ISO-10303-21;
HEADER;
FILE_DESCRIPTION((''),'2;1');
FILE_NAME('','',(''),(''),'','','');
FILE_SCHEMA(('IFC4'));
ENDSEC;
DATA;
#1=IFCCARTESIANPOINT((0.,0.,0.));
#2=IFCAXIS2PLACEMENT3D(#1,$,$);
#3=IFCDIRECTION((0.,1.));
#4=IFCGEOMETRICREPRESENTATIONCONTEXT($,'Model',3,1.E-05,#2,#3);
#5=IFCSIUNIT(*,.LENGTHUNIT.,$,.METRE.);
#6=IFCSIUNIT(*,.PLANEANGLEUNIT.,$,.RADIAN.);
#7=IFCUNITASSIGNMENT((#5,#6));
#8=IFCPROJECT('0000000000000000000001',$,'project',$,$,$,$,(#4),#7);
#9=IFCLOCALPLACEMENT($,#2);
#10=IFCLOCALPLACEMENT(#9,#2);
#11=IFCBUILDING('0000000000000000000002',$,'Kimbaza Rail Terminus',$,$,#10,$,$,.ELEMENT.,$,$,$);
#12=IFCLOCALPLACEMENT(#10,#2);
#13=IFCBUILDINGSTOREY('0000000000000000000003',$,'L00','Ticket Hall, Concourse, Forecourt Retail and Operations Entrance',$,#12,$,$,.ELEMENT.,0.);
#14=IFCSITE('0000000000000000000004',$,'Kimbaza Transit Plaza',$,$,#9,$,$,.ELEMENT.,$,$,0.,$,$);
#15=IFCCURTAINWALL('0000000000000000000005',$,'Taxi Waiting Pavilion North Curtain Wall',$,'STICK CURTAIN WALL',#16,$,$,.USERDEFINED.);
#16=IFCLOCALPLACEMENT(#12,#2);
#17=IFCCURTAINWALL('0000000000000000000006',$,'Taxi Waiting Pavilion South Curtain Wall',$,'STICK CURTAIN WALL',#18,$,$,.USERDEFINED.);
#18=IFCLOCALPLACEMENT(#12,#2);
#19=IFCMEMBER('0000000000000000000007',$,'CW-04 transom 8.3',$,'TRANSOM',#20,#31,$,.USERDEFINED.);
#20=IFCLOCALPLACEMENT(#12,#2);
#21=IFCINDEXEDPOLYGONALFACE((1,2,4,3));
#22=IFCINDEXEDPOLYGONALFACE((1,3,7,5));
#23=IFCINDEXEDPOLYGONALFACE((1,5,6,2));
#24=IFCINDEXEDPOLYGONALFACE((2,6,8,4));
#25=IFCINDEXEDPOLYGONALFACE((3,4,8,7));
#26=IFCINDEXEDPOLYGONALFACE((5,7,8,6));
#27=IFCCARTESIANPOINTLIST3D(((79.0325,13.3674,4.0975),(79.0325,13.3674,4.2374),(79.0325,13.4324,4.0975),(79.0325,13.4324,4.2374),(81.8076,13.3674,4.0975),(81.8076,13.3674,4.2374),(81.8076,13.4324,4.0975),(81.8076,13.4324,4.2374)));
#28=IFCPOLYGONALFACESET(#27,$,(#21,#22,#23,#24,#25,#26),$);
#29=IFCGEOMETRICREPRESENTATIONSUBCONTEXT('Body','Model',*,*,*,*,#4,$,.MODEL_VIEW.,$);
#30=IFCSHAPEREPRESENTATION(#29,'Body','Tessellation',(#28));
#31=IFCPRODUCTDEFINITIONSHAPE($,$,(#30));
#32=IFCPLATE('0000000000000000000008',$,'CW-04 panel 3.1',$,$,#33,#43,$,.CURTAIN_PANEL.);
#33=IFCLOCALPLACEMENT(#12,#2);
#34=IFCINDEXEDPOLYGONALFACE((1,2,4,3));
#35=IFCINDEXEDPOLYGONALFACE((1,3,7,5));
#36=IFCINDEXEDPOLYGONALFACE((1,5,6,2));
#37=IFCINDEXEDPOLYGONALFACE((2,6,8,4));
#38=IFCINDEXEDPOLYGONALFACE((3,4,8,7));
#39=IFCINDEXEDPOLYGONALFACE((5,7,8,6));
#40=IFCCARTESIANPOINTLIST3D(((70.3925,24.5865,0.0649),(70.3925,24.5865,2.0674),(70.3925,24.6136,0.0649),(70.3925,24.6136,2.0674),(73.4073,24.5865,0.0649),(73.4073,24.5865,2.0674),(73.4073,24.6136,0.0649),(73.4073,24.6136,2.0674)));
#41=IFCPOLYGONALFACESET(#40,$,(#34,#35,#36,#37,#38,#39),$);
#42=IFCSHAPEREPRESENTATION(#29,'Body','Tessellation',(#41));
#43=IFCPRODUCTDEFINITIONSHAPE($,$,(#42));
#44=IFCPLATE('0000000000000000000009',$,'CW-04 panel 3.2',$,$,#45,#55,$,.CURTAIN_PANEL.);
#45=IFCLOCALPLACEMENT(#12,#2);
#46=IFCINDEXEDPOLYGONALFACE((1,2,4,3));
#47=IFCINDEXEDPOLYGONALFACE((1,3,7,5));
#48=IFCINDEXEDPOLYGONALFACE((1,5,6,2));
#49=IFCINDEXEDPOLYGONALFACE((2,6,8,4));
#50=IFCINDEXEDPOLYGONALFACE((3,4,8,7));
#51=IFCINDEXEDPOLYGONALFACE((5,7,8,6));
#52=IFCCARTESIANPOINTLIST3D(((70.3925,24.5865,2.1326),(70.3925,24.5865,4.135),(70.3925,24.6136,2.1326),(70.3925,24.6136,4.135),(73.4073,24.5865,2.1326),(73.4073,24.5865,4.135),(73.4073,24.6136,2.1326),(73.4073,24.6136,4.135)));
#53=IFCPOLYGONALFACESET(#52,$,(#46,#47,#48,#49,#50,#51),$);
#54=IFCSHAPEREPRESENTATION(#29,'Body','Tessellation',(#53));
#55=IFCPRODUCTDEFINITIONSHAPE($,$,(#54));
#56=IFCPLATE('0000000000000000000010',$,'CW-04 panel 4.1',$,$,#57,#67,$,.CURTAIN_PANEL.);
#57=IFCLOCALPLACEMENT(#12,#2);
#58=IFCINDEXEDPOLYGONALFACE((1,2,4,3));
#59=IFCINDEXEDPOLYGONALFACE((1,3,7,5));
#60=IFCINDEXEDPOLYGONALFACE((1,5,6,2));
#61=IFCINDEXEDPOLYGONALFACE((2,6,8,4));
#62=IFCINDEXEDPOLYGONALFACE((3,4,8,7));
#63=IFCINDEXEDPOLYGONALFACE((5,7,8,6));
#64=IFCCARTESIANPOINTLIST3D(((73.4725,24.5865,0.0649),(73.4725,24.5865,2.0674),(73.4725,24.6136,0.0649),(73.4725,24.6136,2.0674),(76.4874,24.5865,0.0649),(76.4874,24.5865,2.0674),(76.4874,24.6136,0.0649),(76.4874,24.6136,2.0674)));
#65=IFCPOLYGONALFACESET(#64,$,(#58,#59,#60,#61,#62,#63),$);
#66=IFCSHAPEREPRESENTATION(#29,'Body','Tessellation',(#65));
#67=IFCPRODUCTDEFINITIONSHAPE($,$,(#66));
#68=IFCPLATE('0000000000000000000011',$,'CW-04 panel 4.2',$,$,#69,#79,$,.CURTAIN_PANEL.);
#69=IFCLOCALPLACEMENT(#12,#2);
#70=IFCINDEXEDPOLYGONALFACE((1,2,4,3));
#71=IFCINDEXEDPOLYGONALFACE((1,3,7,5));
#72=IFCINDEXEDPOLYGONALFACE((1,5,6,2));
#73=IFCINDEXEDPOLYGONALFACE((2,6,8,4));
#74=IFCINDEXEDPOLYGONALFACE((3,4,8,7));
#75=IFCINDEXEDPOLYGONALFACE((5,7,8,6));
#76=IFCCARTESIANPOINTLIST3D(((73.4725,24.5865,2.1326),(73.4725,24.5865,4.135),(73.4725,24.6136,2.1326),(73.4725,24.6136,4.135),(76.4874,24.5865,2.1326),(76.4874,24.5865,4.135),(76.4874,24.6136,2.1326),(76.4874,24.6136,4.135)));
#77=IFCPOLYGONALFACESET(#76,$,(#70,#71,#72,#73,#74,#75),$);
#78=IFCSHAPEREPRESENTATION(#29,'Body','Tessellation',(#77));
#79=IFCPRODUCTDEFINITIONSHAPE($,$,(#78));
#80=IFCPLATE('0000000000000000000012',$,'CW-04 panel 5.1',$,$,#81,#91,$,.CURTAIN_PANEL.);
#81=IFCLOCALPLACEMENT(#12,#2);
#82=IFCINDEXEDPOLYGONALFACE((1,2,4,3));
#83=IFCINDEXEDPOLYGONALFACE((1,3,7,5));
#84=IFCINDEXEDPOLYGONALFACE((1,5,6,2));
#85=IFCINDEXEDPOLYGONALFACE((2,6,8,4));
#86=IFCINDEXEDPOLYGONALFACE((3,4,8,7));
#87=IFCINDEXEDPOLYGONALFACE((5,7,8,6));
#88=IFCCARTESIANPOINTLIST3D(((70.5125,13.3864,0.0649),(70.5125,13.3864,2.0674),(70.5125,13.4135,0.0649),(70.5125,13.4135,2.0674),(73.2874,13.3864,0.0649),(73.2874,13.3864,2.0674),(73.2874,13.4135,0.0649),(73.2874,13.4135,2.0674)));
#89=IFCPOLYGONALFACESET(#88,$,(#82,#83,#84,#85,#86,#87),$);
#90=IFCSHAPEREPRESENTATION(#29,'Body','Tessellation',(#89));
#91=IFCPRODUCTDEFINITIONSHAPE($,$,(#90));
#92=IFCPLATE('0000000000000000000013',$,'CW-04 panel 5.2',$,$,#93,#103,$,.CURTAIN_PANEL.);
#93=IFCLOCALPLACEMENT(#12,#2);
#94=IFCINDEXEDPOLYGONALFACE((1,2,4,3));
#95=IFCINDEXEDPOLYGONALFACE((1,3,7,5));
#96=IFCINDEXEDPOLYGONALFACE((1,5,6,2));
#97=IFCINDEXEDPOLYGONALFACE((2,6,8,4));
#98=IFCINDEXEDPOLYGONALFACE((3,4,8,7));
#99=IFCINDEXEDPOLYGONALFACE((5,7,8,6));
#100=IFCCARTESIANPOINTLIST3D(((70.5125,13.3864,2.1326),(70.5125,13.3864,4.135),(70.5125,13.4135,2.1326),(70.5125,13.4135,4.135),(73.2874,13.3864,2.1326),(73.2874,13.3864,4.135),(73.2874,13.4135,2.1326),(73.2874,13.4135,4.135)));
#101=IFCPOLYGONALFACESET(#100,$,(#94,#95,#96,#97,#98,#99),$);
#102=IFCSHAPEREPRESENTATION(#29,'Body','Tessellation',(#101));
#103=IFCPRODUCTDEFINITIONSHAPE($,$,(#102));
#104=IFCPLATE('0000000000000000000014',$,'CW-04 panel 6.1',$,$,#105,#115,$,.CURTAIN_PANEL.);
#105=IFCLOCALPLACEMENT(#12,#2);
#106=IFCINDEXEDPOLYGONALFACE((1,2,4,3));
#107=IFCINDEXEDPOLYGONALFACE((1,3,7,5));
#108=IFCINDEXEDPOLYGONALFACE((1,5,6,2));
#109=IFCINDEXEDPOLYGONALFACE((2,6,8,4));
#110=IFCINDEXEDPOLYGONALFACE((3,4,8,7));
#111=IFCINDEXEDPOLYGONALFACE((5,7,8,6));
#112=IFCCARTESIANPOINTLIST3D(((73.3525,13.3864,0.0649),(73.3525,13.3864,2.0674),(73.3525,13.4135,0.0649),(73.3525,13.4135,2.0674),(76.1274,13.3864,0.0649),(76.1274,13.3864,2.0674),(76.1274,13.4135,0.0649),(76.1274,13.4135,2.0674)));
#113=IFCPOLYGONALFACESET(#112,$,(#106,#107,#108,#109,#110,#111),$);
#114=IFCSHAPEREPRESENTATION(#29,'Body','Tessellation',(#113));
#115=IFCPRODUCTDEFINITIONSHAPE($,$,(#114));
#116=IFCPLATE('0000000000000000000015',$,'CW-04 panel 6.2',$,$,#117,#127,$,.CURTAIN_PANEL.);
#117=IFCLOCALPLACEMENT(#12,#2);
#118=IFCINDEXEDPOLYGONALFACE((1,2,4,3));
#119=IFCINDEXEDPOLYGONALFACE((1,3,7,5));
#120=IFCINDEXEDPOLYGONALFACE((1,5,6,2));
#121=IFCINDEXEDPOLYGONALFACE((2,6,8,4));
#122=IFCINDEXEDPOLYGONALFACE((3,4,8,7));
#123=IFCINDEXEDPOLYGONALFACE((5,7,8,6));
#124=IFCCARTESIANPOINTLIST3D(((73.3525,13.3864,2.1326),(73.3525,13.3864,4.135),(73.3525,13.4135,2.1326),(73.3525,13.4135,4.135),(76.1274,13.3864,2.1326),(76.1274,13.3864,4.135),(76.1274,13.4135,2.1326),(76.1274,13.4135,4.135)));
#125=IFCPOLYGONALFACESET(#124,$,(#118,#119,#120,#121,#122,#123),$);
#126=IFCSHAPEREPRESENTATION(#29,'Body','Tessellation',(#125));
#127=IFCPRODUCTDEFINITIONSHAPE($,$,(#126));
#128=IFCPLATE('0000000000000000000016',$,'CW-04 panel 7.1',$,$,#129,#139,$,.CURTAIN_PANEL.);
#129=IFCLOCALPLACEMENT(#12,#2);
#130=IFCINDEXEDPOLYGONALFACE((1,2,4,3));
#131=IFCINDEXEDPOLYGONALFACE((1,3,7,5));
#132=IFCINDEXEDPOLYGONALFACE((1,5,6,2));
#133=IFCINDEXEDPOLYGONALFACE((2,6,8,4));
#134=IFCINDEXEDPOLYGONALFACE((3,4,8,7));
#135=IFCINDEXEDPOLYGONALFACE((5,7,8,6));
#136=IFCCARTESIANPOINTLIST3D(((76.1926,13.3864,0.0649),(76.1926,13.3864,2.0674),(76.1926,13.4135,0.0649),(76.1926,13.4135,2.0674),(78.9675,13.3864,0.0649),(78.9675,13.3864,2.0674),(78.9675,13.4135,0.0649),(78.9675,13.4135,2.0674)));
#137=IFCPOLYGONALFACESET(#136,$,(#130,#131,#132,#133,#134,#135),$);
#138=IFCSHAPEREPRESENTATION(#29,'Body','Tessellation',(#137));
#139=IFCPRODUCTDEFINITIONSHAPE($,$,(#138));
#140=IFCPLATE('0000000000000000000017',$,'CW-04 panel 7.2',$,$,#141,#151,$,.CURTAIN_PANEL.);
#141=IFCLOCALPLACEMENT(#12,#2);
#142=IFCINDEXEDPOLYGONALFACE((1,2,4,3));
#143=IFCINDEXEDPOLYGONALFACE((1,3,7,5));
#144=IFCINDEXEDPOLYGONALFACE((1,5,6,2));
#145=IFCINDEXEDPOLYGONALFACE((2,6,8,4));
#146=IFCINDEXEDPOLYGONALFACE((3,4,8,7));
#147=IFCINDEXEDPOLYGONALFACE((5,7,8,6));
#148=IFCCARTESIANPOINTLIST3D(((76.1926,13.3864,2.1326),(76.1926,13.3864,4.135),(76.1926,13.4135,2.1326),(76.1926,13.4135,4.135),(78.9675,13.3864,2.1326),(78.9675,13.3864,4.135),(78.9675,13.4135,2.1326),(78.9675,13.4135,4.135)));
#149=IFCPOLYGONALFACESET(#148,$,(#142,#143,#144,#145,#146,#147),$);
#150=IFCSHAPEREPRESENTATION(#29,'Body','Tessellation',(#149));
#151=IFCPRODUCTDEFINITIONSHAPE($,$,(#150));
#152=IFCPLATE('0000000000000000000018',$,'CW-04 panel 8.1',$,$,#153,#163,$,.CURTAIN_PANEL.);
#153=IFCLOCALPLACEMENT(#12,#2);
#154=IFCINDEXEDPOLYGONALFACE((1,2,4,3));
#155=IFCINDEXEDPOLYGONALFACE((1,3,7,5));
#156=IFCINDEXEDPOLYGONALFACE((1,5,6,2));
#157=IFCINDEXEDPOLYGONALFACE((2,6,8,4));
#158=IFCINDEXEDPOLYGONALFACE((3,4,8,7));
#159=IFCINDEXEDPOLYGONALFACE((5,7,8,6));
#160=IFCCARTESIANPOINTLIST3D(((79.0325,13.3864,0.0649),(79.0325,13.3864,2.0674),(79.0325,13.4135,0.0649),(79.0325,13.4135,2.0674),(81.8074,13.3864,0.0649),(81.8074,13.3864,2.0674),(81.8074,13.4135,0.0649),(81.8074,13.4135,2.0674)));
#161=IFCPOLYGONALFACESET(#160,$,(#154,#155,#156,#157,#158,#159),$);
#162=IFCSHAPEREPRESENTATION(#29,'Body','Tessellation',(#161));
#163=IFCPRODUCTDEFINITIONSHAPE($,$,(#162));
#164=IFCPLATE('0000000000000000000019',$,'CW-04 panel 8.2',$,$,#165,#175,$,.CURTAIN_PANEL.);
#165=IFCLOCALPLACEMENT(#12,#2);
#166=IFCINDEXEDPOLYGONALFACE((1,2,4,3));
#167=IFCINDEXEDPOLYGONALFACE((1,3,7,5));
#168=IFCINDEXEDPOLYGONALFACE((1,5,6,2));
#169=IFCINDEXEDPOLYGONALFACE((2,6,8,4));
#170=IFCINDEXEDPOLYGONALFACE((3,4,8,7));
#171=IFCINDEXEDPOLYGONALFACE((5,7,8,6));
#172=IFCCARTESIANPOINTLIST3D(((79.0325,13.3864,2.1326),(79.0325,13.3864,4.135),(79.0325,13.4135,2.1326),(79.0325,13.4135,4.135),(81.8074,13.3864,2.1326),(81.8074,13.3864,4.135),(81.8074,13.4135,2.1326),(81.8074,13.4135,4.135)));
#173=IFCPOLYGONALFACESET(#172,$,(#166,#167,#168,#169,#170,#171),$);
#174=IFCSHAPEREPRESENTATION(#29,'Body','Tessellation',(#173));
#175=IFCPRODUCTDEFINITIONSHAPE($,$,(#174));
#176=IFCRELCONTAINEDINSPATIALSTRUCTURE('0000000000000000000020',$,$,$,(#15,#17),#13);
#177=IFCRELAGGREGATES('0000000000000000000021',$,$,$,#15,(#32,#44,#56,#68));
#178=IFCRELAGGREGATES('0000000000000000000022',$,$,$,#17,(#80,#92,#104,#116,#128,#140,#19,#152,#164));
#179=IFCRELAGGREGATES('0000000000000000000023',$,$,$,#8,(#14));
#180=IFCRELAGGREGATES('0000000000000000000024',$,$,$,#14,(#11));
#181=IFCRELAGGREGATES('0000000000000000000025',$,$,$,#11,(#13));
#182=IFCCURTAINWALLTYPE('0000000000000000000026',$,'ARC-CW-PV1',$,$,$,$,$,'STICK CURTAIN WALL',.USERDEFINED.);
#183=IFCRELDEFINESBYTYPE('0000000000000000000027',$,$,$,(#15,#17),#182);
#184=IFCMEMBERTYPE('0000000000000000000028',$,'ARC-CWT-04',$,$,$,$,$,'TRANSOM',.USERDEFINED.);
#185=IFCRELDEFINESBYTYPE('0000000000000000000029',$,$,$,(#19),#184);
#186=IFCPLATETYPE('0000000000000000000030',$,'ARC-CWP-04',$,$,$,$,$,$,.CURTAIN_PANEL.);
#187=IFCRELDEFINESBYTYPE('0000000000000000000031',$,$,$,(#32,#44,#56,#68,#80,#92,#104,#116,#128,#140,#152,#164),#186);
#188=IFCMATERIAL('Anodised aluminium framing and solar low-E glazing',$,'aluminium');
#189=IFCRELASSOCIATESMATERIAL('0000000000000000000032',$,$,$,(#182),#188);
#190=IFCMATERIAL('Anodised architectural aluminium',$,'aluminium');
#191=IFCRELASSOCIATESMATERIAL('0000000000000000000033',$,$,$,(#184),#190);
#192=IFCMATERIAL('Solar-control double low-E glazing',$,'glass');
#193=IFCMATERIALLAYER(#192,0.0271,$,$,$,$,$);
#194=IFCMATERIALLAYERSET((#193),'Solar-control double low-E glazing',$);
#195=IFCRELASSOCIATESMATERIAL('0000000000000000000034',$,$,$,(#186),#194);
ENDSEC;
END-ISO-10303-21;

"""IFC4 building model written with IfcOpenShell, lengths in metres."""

from ifc_helpers import new_model, si_unit, direction, frame, origin, origin_2d, place, context, subcontext, project, spatial, rectangle, extrude, material, layer, layer_set, material_profile, profile_set, type_object, element, aggregate, save


model = new_model("IFC4")

# Units and contexts
model_context = context("Model", 3, precision=1e-05, world=origin(), true_north=direction((0.0, 1.0)))
body_context = subcontext(model_context, "Body", "Model", "MODEL_VIEW")
ifc_project = project(units=[si_unit("LENGTHUNIT", "METRE"), si_unit("PLANEANGLEUNIT", "RADIAN")], contexts=[model_context])

# Site, building, storey
site_placement = place(None, origin())
site = spatial("IfcSite", under=ifc_project, at=site_placement, Name="Kimbaza Transit Plaza", CompositionType="ELEMENT", RefElevation=0.0)
building_placement = place(site_placement, origin())
building = spatial("IfcBuilding", under=site, at=building_placement, Name="Kimbaza Rail Terminus", CompositionType="ELEMENT")
storey_placement = place(building_placement, origin())
storey = spatial("IfcBuildingStorey", under=building, at=storey_placement, Name="L00", Description="Ticket Hall, Concourse, Forecourt Retail and Operations Entrance", CompositionType="ELEMENT", Elevation=0.0)

# Curtain wall
ifc_material_1 = material(Name="Anodised aluminium framing and solar low-E glazing", Category="aluminium")
curtain_wall_type = type_object("IfcCurtainWallType", Name="ARC-CW-PV1", ElementType="STICK CURTAIN WALL", PredefinedType="USERDEFINED", material=ifc_material_1)
curtain_wall_1_placement = place(storey_placement, origin())
curtain_wall_1 = element("IfcCurtainWall", 1, at=curtain_wall_1_placement, inside=storey, type_object=curtain_wall_type, Name="Taxi Waiting Pavilion North Curtain Wall", ObjectType="STICK CURTAIN WALL", PredefinedType="USERDEFINED")

# Curtain wall
curtain_wall_2_placement = place(storey_placement, origin())
curtain_wall_2 = element("IfcCurtainWall", 2, at=curtain_wall_2_placement, inside=storey, type_object=curtain_wall_type, Name="Taxi Waiting Pavilion South Curtain Wall", ObjectType="STICK CURTAIN WALL", PredefinedType="USERDEFINED")

# Member
ifc_material_2 = material(Name="Anodised architectural aluminium", Category="aluminium")
ifc_material_profile_1 = material_profile(ifc_material_2, rectangle(XDim=0.0649, YDim=0.1399, at=origin_2d()), Name="TRANSOM 65x140")
ifc_profile_set_1 = profile_set([ifc_material_profile_1], Name="Anodised architectural aluminium")
member_type_1 = type_object("IfcMemberType", Name="ARC-CWT-04", ElementType="TRANSOM", PredefinedType="USERDEFINED", material=ifc_profile_set_1)
member_1_placement = place(storey_placement, frame((79.0325, 13.3999, 4.1675), z_axis=(1.0, 0.0, 0.0), x_axis=(0.0, 1.0, 0.0)))
member_1 = element("IfcMember", 3, at=member_1_placement, type_object=member_type_1, Name="CW-04 transom 8.3", ObjectType="TRANSOM", PredefinedType="USERDEFINED", context=body_context, shape_type="SweptSolid", body=[
    extrude(rectangle(XDim=0.0649, YDim=0.1399, at=origin_2d()), origin(), (0.0, 0.0, 1.0), 2.7751),
])

# Plates
ifc_material_3 = material(Name="Solar-control double low-E glazing", Category="glass")
ifc_layer = layer(ifc_material_3, 0.0271)
ifc_layer_set = layer_set([ifc_layer], Name="Solar-control double low-E glazing")
plate_type = type_object("IfcPlateType", Name="ARC-CWP-04", PredefinedType="CURTAIN_PANEL", material=ifc_layer_set)
plate_1_placement = place(storey_placement, frame((71.8999, 24.6001, 0.0649), z_axis=(0.0, 0.0, 1.0), x_axis=(1.0, 0.0, 0.0)))
plate_1 = element("IfcPlate", 4, at=plate_1_placement, type_object=plate_type, Name="CW-04 panel 3.1", PredefinedType="CURTAIN_PANEL", context=body_context, shape_type="SweptSolid", body=[
    extrude(rectangle(XDim=3.0149, YDim=0.0271, at=origin_2d()), origin(), (0.0, 0.0, 1.0), 2.0024),
])
plate_2_placement = place(storey_placement, frame((71.8999, 24.6001, 2.1326), z_axis=(0.0, 0.0, 1.0), x_axis=(1.0, 0.0, 0.0)))
plate_2 = element("IfcPlate", 5, at=plate_2_placement, type_object=plate_type, Name="CW-04 panel 3.2", PredefinedType="CURTAIN_PANEL", context=body_context, shape_type="SweptSolid", body=[
    extrude(rectangle(XDim=3.0149, YDim=0.0271, at=origin_2d()), origin(), (0.0, 0.0, 1.0), 2.0024),
])
plate_3_placement = place(storey_placement, frame((74.98, 24.6001, 0.0649), z_axis=(0.0, 0.0, 1.0), x_axis=(1.0, 0.0, 0.0)))
plate_3 = element("IfcPlate", 6, at=plate_3_placement, type_object=plate_type, Name="CW-04 panel 4.1", PredefinedType="CURTAIN_PANEL", context=body_context, shape_type="SweptSolid", body=[
    extrude(rectangle(XDim=3.0149, YDim=0.0271, at=origin_2d()), origin(), (0.0, 0.0, 1.0), 2.0024),
])
plate_4_placement = place(storey_placement, frame((74.98, 24.6001, 2.1326), z_axis=(0.0, 0.0, 1.0), x_axis=(1.0, 0.0, 0.0)))
plate_4 = element("IfcPlate", 7, at=plate_4_placement, type_object=plate_type, Name="CW-04 panel 4.2", PredefinedType="CURTAIN_PANEL", context=body_context, shape_type="SweptSolid", body=[
    extrude(rectangle(XDim=3.0149, YDim=0.0271, at=origin_2d()), origin(), (0.0, 0.0, 1.0), 2.0024),
])
aggregate(curtain_wall_1, [plate_1, plate_2, plate_3, plate_4])
plate_5_placement = place(storey_placement, frame((71.8999, 13.3999, 0.0649), z_axis=(0.0, 0.0, 1.0), x_axis=(1.0, 0.0, 0.0)))
plate_5 = element("IfcPlate", 8, at=plate_5_placement, type_object=plate_type, Name="CW-04 panel 5.1", PredefinedType="CURTAIN_PANEL", context=body_context, shape_type="SweptSolid", body=[
    extrude(rectangle(XDim=2.7749, YDim=0.0271, at=origin_2d()), origin(), (0.0, 0.0, 1.0), 2.0024),
])
plate_6_placement = place(storey_placement, frame((71.8999, 13.3999, 2.1326), z_axis=(0.0, 0.0, 1.0), x_axis=(1.0, 0.0, 0.0)))
plate_6 = element("IfcPlate", 9, at=plate_6_placement, type_object=plate_type, Name="CW-04 panel 5.2", PredefinedType="CURTAIN_PANEL", context=body_context, shape_type="SweptSolid", body=[
    extrude(rectangle(XDim=2.7749, YDim=0.0271, at=origin_2d()), origin(), (0.0, 0.0, 1.0), 2.0024),
])
plate_7_placement = place(storey_placement, frame((74.74, 13.3999, 0.0649), z_axis=(0.0, 0.0, 1.0), x_axis=(1.0, 0.0, 0.0)))
plate_7 = element("IfcPlate", 10, at=plate_7_placement, type_object=plate_type, Name="CW-04 panel 6.1", PredefinedType="CURTAIN_PANEL", context=body_context, shape_type="SweptSolid", body=[
    extrude(rectangle(XDim=2.7749, YDim=0.0271, at=origin_2d()), origin(), (0.0, 0.0, 1.0), 2.0024),
])
plate_8_placement = place(storey_placement, frame((74.74, 13.3999, 2.1326), z_axis=(0.0, 0.0, 1.0), x_axis=(1.0, 0.0, 0.0)))
plate_8 = element("IfcPlate", 11, at=plate_8_placement, type_object=plate_type, Name="CW-04 panel 6.2", PredefinedType="CURTAIN_PANEL", context=body_context, shape_type="SweptSolid", body=[
    extrude(rectangle(XDim=2.7749, YDim=0.0271, at=origin_2d()), origin(), (0.0, 0.0, 1.0), 2.0024),
])
plate_9_placement = place(storey_placement, frame((77.5801, 13.3999, 0.0649), z_axis=(0.0, 0.0, 1.0), x_axis=(1.0, 0.0, 0.0)))
plate_9 = element("IfcPlate", 12, at=plate_9_placement, type_object=plate_type, Name="CW-04 panel 7.1", PredefinedType="CURTAIN_PANEL", context=body_context, shape_type="SweptSolid", body=[
    extrude(rectangle(XDim=2.7749, YDim=0.0271, at=origin_2d()), origin(), (0.0, 0.0, 1.0), 2.0024),
])
plate_10_placement = place(storey_placement, frame((77.5801, 13.3999, 2.1326), z_axis=(0.0, 0.0, 1.0), x_axis=(1.0, 0.0, 0.0)))
plate_10 = element("IfcPlate", 13, at=plate_10_placement, type_object=plate_type, Name="CW-04 panel 7.2", PredefinedType="CURTAIN_PANEL", context=body_context, shape_type="SweptSolid", body=[
    extrude(rectangle(XDim=2.7749, YDim=0.0271, at=origin_2d()), origin(), (0.0, 0.0, 1.0), 2.0024),
])
plate_11_placement = place(storey_placement, frame((80.4199, 13.3999, 0.0649), z_axis=(0.0, 0.0, 1.0), x_axis=(1.0, 0.0, 0.0)))
plate_11 = element("IfcPlate", 14, at=plate_11_placement, type_object=plate_type, Name="CW-04 panel 8.1", PredefinedType="CURTAIN_PANEL", context=body_context, shape_type="SweptSolid", body=[
    extrude(rectangle(XDim=2.7749, YDim=0.0271, at=origin_2d()), origin(), (0.0, 0.0, 1.0), 2.0024),
])
plate_12_placement = place(storey_placement, frame((80.4199, 13.3999, 2.1326), z_axis=(0.0, 0.0, 1.0), x_axis=(1.0, 0.0, 0.0)))
plate_12 = element("IfcPlate", 15, at=plate_12_placement, type_object=plate_type, Name="CW-04 panel 8.2", PredefinedType="CURTAIN_PANEL", context=body_context, shape_type="SweptSolid", body=[
    extrude(rectangle(XDim=2.7749, YDim=0.0271, at=origin_2d()), origin(), (0.0, 0.0, 1.0), 2.0024),
])
aggregate(curtain_wall_2, [plate_5, plate_6, plate_7, plate_8, plate_9, plate_10, member_1, plate_11, plate_12])

save(model, "model.ifc")
